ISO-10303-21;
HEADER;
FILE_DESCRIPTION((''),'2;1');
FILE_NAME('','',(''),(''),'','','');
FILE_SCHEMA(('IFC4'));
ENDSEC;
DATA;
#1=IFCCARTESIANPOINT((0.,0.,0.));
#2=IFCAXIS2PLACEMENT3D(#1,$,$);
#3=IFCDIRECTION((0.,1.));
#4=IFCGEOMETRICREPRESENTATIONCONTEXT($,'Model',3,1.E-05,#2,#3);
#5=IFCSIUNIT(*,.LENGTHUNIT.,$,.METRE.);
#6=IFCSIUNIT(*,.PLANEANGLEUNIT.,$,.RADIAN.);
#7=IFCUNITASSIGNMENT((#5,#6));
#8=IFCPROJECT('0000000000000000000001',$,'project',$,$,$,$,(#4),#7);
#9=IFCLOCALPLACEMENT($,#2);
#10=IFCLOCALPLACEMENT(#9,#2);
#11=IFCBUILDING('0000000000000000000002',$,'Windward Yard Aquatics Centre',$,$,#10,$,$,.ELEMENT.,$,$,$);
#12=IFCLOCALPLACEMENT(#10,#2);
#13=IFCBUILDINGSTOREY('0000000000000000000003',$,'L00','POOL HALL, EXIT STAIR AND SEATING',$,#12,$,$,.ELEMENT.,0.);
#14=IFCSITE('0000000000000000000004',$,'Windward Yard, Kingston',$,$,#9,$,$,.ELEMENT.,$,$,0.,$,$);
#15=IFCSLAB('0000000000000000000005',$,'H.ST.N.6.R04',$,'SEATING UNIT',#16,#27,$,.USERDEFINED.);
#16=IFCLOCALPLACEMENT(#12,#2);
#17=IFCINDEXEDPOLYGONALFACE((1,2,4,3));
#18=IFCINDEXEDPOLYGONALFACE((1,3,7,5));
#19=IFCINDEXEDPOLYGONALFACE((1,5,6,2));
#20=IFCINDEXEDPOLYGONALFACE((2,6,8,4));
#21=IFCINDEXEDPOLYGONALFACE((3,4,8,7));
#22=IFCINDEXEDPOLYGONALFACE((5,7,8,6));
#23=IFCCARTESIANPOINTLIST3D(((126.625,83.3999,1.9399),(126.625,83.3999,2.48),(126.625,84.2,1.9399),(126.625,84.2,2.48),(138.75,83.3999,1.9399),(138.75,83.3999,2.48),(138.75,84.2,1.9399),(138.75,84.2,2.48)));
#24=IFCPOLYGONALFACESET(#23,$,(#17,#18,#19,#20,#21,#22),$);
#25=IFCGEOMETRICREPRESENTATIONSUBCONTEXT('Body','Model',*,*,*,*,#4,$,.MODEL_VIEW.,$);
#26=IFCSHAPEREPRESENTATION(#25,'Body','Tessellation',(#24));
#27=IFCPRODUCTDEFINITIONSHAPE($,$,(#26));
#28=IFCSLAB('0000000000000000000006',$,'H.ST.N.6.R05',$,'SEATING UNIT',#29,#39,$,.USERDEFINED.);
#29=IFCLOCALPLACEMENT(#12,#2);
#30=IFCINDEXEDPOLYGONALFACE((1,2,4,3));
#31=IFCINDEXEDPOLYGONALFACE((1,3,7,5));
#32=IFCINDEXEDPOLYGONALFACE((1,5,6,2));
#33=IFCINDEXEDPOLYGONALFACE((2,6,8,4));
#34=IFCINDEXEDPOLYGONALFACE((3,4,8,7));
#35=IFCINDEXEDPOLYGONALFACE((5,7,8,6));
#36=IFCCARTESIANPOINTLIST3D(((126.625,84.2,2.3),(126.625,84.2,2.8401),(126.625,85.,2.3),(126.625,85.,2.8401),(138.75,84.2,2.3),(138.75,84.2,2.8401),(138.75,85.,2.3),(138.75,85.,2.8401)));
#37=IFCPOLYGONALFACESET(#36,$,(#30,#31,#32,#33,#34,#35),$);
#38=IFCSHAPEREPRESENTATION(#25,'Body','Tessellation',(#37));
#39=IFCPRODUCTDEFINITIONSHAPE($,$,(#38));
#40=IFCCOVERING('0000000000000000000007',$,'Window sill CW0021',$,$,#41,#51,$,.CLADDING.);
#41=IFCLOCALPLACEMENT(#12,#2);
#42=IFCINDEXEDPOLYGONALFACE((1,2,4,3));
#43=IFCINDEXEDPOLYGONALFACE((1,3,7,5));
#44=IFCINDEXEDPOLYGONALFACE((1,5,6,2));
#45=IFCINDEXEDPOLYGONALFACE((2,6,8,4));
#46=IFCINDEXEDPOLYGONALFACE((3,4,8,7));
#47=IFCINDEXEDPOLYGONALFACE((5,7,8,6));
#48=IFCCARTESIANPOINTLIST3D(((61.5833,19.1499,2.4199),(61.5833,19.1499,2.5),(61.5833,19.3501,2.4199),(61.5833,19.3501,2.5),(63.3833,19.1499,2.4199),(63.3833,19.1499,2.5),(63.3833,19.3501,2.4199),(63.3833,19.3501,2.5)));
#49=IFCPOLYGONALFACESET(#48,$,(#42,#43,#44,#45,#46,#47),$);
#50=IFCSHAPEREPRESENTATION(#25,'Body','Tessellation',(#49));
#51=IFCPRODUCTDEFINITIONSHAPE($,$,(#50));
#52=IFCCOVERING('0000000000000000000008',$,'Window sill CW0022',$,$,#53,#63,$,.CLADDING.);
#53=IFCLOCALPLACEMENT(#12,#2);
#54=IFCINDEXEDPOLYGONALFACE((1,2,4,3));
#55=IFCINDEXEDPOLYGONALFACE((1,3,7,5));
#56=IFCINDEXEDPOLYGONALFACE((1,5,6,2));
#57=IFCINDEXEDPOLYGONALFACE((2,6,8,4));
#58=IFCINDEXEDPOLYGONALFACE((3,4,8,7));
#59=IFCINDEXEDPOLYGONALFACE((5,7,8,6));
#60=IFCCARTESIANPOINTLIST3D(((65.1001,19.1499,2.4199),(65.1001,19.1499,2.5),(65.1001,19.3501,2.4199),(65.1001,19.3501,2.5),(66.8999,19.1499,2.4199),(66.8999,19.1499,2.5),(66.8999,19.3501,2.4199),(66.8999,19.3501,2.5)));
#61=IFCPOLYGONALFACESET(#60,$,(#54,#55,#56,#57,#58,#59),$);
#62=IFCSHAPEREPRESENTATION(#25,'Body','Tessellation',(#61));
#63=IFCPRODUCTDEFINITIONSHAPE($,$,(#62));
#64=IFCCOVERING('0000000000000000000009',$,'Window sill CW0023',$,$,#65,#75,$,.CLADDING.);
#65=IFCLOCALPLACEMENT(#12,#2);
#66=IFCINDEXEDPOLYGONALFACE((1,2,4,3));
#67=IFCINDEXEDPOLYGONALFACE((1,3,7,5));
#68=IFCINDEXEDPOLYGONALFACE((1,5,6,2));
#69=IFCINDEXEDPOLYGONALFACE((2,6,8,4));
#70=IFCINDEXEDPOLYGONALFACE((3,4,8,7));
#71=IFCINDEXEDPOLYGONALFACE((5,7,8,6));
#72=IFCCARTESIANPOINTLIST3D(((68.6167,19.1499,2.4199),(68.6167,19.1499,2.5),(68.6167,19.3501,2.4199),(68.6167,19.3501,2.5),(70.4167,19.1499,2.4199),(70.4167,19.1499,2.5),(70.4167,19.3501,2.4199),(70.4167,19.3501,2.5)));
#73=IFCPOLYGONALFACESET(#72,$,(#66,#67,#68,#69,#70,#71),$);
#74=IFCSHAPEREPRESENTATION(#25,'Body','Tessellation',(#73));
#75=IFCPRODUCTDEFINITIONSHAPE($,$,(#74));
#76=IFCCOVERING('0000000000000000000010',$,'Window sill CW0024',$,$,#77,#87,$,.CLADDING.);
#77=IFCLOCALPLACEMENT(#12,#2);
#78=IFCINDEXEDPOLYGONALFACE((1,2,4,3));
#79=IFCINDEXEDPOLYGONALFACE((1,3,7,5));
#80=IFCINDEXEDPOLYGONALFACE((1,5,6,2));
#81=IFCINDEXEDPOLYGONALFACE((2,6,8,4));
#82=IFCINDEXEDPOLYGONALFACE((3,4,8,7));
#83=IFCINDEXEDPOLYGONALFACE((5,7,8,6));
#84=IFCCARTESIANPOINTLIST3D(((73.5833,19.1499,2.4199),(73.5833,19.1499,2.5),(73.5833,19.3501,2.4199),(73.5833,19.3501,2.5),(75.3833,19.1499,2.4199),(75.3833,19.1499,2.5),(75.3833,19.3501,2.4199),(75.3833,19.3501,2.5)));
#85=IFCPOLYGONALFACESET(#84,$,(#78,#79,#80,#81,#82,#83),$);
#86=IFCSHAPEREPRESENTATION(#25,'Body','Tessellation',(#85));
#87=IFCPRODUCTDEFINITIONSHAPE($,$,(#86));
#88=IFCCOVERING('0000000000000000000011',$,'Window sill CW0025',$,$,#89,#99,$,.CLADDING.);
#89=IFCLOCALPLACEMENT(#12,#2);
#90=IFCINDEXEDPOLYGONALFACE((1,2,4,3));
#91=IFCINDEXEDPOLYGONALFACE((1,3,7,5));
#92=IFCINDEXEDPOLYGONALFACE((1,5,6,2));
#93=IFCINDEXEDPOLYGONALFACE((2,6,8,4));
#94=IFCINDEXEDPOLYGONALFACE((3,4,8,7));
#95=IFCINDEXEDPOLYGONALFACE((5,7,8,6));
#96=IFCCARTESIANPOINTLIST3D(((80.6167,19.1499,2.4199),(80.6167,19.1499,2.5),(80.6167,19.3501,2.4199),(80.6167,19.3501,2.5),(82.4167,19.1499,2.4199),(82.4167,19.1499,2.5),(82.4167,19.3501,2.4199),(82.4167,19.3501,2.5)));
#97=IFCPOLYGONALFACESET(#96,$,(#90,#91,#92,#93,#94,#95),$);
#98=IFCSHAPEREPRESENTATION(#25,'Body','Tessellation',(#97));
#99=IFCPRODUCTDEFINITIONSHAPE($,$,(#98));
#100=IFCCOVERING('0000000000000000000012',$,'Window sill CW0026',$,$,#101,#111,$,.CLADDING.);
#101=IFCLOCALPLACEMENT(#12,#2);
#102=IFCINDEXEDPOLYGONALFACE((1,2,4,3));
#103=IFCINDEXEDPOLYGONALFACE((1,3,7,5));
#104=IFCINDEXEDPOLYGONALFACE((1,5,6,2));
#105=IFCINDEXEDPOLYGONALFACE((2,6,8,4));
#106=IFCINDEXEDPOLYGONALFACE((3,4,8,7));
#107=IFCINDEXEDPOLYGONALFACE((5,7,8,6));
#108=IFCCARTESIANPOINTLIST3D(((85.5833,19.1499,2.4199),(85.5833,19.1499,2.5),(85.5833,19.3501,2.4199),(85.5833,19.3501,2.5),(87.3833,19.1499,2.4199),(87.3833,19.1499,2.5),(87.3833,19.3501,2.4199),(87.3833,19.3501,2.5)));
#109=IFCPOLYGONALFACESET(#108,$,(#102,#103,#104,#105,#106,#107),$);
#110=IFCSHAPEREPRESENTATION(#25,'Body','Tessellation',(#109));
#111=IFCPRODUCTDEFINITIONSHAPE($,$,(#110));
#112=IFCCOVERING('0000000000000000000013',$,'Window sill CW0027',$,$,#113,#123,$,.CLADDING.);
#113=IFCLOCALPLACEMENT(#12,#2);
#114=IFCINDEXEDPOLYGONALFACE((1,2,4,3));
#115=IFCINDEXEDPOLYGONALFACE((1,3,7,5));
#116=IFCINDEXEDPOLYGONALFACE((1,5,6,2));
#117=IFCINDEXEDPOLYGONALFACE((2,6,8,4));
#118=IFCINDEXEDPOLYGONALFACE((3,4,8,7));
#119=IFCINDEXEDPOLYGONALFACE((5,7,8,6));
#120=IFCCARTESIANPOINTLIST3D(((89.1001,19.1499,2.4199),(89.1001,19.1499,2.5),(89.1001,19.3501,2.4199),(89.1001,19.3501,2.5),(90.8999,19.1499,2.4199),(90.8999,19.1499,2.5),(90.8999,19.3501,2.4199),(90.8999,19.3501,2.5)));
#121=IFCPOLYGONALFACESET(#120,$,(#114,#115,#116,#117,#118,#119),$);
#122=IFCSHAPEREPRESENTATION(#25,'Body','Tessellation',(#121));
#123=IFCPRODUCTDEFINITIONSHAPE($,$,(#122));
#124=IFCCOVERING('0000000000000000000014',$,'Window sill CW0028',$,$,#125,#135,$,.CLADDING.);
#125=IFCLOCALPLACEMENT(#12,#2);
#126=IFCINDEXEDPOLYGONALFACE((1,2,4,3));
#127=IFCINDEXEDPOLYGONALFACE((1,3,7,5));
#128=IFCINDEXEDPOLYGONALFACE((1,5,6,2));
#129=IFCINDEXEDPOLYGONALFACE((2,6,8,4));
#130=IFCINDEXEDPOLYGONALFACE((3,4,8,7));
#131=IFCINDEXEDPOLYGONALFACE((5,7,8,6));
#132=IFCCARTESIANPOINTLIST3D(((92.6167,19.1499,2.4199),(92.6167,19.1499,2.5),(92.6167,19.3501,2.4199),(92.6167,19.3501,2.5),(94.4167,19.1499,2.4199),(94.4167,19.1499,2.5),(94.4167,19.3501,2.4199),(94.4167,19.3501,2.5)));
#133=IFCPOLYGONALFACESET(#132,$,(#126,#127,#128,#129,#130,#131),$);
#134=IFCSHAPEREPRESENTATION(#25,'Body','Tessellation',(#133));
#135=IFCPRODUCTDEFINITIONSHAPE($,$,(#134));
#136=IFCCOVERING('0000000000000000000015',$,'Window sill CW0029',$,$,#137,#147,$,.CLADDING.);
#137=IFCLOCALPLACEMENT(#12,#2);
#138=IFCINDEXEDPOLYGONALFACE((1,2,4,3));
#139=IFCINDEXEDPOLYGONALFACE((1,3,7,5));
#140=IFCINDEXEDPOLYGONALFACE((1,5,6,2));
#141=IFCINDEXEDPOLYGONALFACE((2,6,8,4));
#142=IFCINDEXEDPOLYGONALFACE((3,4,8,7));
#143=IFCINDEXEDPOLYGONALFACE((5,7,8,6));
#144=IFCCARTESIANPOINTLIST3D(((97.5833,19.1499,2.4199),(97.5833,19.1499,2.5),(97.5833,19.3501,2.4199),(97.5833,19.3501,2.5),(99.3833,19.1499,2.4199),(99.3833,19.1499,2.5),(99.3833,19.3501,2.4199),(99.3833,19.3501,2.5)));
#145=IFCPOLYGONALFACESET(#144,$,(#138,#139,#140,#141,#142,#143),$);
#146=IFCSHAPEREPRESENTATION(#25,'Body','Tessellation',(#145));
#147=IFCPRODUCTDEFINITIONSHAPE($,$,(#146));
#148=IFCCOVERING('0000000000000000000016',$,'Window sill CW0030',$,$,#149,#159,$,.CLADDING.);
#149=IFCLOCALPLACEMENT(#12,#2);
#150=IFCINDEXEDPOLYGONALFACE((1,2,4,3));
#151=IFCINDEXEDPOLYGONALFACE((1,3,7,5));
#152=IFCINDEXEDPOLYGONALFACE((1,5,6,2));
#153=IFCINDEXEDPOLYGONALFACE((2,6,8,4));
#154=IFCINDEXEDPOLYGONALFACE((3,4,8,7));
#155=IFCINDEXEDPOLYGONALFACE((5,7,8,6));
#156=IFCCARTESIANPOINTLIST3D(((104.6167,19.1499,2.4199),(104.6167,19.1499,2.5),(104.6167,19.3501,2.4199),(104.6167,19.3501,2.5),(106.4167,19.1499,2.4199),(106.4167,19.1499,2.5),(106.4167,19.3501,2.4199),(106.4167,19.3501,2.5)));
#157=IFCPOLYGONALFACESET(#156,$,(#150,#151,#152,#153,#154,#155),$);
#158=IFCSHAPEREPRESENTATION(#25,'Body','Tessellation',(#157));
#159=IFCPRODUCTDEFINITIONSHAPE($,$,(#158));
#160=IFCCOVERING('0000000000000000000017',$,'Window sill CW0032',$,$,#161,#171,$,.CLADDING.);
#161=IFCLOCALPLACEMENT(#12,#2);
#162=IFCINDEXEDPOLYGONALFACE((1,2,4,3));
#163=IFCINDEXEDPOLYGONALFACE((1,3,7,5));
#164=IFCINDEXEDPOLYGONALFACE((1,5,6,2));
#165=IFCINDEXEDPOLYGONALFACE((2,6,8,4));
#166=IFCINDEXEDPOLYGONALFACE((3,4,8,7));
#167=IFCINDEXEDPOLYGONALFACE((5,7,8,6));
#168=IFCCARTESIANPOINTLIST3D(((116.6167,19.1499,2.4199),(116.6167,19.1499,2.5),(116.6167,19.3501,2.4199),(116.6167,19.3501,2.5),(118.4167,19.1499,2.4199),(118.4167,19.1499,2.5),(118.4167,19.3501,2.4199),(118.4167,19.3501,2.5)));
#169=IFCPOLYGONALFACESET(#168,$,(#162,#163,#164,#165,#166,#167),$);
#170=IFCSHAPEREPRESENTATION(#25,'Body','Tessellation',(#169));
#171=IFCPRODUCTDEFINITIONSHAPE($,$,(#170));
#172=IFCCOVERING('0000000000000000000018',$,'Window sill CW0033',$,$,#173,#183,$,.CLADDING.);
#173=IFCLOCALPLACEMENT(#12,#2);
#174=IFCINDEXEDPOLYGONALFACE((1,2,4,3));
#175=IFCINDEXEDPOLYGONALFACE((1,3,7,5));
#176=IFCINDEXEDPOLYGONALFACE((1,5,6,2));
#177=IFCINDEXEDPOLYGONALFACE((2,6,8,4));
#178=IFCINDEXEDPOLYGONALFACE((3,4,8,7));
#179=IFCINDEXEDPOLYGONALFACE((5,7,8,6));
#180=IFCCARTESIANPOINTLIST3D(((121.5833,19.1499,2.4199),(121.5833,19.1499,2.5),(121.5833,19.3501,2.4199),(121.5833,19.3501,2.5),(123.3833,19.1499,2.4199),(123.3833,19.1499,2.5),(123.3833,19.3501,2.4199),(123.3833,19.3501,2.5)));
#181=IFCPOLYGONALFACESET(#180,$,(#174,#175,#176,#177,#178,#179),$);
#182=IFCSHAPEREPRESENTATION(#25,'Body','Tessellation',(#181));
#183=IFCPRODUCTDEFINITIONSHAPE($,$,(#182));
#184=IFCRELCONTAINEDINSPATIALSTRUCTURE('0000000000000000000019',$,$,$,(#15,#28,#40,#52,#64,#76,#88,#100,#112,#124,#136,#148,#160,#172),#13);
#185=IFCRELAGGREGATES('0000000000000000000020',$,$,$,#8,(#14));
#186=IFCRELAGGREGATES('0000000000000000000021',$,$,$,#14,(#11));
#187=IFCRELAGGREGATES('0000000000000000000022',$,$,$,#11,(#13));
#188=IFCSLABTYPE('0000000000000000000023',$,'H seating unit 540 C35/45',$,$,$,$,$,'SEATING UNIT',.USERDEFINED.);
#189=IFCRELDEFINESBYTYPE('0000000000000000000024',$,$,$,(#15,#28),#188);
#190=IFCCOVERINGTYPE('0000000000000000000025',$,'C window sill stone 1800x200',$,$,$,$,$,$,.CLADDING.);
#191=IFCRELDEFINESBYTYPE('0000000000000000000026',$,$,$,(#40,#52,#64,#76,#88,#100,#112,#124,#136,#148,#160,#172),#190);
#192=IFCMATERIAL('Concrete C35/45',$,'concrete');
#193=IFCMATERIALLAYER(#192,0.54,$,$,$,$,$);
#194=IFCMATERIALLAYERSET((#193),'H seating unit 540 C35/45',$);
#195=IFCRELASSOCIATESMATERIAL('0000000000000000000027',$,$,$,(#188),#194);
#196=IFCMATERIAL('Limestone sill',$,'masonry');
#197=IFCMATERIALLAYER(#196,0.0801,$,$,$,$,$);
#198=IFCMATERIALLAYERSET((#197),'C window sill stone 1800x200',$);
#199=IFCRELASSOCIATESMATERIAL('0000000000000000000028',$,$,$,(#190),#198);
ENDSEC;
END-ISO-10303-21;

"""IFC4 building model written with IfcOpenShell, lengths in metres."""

from ifc_helpers import new_model, si_unit, direction, frame, origin, place, context, subcontext, project, spatial, polyline, outline, extrude, material, layer, layer_set, type_object, element, save


model = new_model("IFC4")

# Units and contexts
model_context = context("Model", 3, precision=1e-05, world=origin(), true_north=direction((0.0, 1.0)))
body_context = subcontext(model_context, "Body", "Model", "MODEL_VIEW")
ifc_project = project(units=[si_unit("LENGTHUNIT", "METRE"), si_unit("PLANEANGLEUNIT", "RADIAN")], contexts=[model_context])

# Site, building, storey
site_placement = place(None, origin())
site = spatial("IfcSite", under=ifc_project, at=site_placement, Name="Windward Yard, Kingston", CompositionType="ELEMENT", RefElevation=0.0)
building_placement = place(site_placement, origin())
building = spatial("IfcBuilding", under=site, at=building_placement, Name="Windward Yard Aquatics Centre", CompositionType="ELEMENT")
storey_placement = place(building_placement, origin())
storey = spatial("IfcBuildingStorey", under=building, at=storey_placement, Name="L00", Description="POOL HALL, EXIT STAIR AND SEATING", CompositionType="ELEMENT", Elevation=0.0)

# Shared definitions
ifc_material_1 = material(Name="Concrete C35/45", Category="concrete")

# Slabs
ifc_layer_1 = layer(ifc_material_1, 0.54)
ifc_layer_set_1 = layer_set([ifc_layer_1], Name="H seating unit 540 C35/45")
slab_type_1 = type_object("IfcSlabType", Name="H seating unit 540 C35/45", ElementType="SEATING UNIT", PredefinedType="USERDEFINED", material=ifc_layer_set_1)
slab_1_placement = place(storey_placement, frame((0.0, 0.0, 1.9399)))
element("IfcSlab", 1, at=slab_1_placement, inside=storey, type_object=slab_type_1, Name="H.ST.N.6.R04", ObjectType="SEATING UNIT", PredefinedType="USERDEFINED", context=body_context, shape_type="SweptSolid", body=[
    extrude(outline(polyline([(126.625, 83.3999), (138.75, 83.3999), (138.75, 84.2), (126.625, 84.2), (126.625, 83.3999)])), origin(), (0.0, 0.0, 1.0), 0.54),
])
slab_2_placement = place(storey_placement, frame((0.0, 0.0, 2.3)))
element("IfcSlab", 2, at=slab_2_placement, inside=storey, type_object=slab_type_1, Name="H.ST.N.6.R05", ObjectType="SEATING UNIT", PredefinedType="USERDEFINED", context=body_context, shape_type="SweptSolid", body=[
    extrude(outline(polyline([(126.625, 84.2), (138.75, 84.2), (138.75, 85.0), (126.625, 85.0), (126.625, 84.2)])), origin(), (0.0, 0.0, 1.0), 0.54),
])

# Coverings
ifc_material_2 = material(Name="Limestone sill", Category="masonry")
ifc_layer_2 = layer(ifc_material_2, 0.0801)
ifc_layer_set_2 = layer_set([ifc_layer_2], Name="C window sill stone 1800x200")
covering_type = type_object("IfcCoveringType", Name="C window sill stone 1800x200", PredefinedType="CLADDING", material=ifc_layer_set_2)
covering_1_placement = place(storey_placement, frame((0.0, 0.0, 2.4199)))
element("IfcCovering", 3, at=covering_1_placement, inside=storey, type_object=covering_type, Name="Window sill CW0021", PredefinedType="CLADDING", context=body_context, shape_type="SweptSolid", body=[
    extrude(outline(polyline([(61.5833, 19.1499), (63.3833, 19.1499), (63.3833, 19.3501), (61.5833, 19.3501), (61.5833, 19.1499)])), origin(), (0.0, 0.0, 1.0), 0.0801),
])
covering_2_placement = place(storey_placement, frame((0.0, 0.0, 2.4199)))
element("IfcCovering", 4, at=covering_2_placement, inside=storey, type_object=covering_type, Name="Window sill CW0022", PredefinedType="CLADDING", context=body_context, shape_type="SweptSolid", body=[
    extrude(outline(polyline([(65.1001, 19.1499), (66.8999, 19.1499), (66.8999, 19.3501), (65.1001, 19.3501), (65.1001, 19.1499)])), origin(), (0.0, 0.0, 1.0), 0.0801),
])
covering_3_placement = place(storey_placement, frame((0.0, 0.0, 2.4199)))
element("IfcCovering", 5, at=covering_3_placement, inside=storey, type_object=covering_type, Name="Window sill CW0023", PredefinedType="CLADDING", context=body_context, shape_type="SweptSolid", body=[
    extrude(outline(polyline([(68.6167, 19.1499), (70.4167, 19.1499), (70.4167, 19.3501), (68.6167, 19.3501), (68.6167, 19.1499)])), origin(), (0.0, 0.0, 1.0), 0.0801),
])
covering_4_placement = place(storey_placement, frame((0.0, 0.0, 2.4199)))
element("IfcCovering", 6, at=covering_4_placement, inside=storey, type_object=covering_type, Name="Window sill CW0024", PredefinedType="CLADDING", context=body_context, shape_type="SweptSolid", body=[
    extrude(outline(polyline([(73.5833, 19.1499), (75.3833, 19.1499), (75.3833, 19.3501), (73.5833, 19.3501), (73.5833, 19.1499)])), origin(), (0.0, 0.0, 1.0), 0.0801),
])
covering_5_placement = place(storey_placement, frame((0.0, 0.0, 2.4199)))
element("IfcCovering", 7, at=covering_5_placement, inside=storey, type_object=covering_type, Name="Window sill CW0025", PredefinedType="CLADDING", context=body_context, shape_type="SweptSolid", body=[
    extrude(outline(polyline([(80.6167, 19.1499), (82.4167, 19.1499), (82.4167, 19.3501), (80.6167, 19.3501), (80.6167, 19.1499)])), origin(), (0.0, 0.0, 1.0), 0.0801),
])
covering_6_placement = place(storey_placement, frame((0.0, 0.0, 2.4199)))
element("IfcCovering", 8, at=covering_6_placement, inside=storey, type_object=covering_type, Name="Window sill CW0026", PredefinedType="CLADDING", context=body_context, shape_type="SweptSolid", body=[
    extrude(outline(polyline([(85.5833, 19.1499), (87.3833, 19.1499), (87.3833, 19.3501), (85.5833, 19.3501), (85.5833, 19.1499)])), origin(), (0.0, 0.0, 1.0), 0.0801),
])
covering_7_placement = place(storey_placement, frame((0.0, 0.0, 2.4199)))
element("IfcCovering", 9, at=covering_7_placement, inside=storey, type_object=covering_type, Name="Window sill CW0027", PredefinedType="CLADDING", context=body_context, shape_type="SweptSolid", body=[
    extrude(outline(polyline([(89.1001, 19.1499), (90.8999, 19.1499), (90.8999, 19.3501), (89.1001, 19.3501), (89.1001, 19.1499)])), origin(), (0.0, 0.0, 1.0), 0.0801),
])
covering_8_placement = place(storey_placement, frame((0.0, 0.0, 2.4199)))
element("IfcCovering", 10, at=covering_8_placement, inside=storey, type_object=covering_type, Name="Window sill CW0028", PredefinedType="CLADDING", context=body_context, shape_type="SweptSolid", body=[
    extrude(outline(polyline([(92.6167, 19.1499), (94.4167, 19.1499), (94.4167, 19.3501), (92.6167, 19.3501), (92.6167, 19.1499)])), origin(), (0.0, 0.0, 1.0), 0.0801),
])
covering_9_placement = place(storey_placement, frame((0.0, 0.0, 2.4199)))
element("IfcCovering", 11, at=covering_9_placement, inside=storey, type_object=covering_type, Name="Window sill CW0029", PredefinedType="CLADDING", context=body_context, shape_type="SweptSolid", body=[
    extrude(outline(polyline([(97.5833, 19.1499), (99.3833, 19.1499), (99.3833, 19.3501), (97.5833, 19.3501), (97.5833, 19.1499)])), origin(), (0.0, 0.0, 1.0), 0.0801),
])
covering_10_placement = place(storey_placement, frame((0.0, 0.0, 2.4199)))
element("IfcCovering", 12, at=covering_10_placement, inside=storey, type_object=covering_type, Name="Window sill CW0030", PredefinedType="CLADDING", context=body_context, shape_type="SweptSolid", body=[
    extrude(outline(polyline([(104.6167, 19.1499), (106.4167, 19.1499), (106.4167, 19.3501), (104.6167, 19.3501), (104.6167, 19.1499)])), origin(), (0.0, 0.0, 1.0), 0.0801),
])
covering_11_placement = place(storey_placement, frame((0.0, 0.0, 2.4199)))
element("IfcCovering", 13, at=covering_11_placement, inside=storey, type_object=covering_type, Name="Window sill CW0032", PredefinedType="CLADDING", context=body_context, shape_type="SweptSolid", body=[
    extrude(outline(polyline([(116.6167, 19.1499), (118.4167, 19.1499), (118.4167, 19.3501), (116.6167, 19.3501), (116.6167, 19.1499)])), origin(), (0.0, 0.0, 1.0), 0.0801),
])
covering_12_placement = place(storey_placement, frame((0.0, 0.0, 2.4199)))
element("IfcCovering", 14, at=covering_12_placement, inside=storey, type_object=covering_type, Name="Window sill CW0033", PredefinedType="CLADDING", context=body_context, shape_type="SweptSolid", body=[
    extrude(outline(polyline([(121.5833, 19.1499), (123.3833, 19.1499), (123.3833, 19.3501), (121.5833, 19.3501), (121.5833, 19.1499)])), origin(), (0.0, 0.0, 1.0), 0.0801),
])

save(model, "model.ifc")
